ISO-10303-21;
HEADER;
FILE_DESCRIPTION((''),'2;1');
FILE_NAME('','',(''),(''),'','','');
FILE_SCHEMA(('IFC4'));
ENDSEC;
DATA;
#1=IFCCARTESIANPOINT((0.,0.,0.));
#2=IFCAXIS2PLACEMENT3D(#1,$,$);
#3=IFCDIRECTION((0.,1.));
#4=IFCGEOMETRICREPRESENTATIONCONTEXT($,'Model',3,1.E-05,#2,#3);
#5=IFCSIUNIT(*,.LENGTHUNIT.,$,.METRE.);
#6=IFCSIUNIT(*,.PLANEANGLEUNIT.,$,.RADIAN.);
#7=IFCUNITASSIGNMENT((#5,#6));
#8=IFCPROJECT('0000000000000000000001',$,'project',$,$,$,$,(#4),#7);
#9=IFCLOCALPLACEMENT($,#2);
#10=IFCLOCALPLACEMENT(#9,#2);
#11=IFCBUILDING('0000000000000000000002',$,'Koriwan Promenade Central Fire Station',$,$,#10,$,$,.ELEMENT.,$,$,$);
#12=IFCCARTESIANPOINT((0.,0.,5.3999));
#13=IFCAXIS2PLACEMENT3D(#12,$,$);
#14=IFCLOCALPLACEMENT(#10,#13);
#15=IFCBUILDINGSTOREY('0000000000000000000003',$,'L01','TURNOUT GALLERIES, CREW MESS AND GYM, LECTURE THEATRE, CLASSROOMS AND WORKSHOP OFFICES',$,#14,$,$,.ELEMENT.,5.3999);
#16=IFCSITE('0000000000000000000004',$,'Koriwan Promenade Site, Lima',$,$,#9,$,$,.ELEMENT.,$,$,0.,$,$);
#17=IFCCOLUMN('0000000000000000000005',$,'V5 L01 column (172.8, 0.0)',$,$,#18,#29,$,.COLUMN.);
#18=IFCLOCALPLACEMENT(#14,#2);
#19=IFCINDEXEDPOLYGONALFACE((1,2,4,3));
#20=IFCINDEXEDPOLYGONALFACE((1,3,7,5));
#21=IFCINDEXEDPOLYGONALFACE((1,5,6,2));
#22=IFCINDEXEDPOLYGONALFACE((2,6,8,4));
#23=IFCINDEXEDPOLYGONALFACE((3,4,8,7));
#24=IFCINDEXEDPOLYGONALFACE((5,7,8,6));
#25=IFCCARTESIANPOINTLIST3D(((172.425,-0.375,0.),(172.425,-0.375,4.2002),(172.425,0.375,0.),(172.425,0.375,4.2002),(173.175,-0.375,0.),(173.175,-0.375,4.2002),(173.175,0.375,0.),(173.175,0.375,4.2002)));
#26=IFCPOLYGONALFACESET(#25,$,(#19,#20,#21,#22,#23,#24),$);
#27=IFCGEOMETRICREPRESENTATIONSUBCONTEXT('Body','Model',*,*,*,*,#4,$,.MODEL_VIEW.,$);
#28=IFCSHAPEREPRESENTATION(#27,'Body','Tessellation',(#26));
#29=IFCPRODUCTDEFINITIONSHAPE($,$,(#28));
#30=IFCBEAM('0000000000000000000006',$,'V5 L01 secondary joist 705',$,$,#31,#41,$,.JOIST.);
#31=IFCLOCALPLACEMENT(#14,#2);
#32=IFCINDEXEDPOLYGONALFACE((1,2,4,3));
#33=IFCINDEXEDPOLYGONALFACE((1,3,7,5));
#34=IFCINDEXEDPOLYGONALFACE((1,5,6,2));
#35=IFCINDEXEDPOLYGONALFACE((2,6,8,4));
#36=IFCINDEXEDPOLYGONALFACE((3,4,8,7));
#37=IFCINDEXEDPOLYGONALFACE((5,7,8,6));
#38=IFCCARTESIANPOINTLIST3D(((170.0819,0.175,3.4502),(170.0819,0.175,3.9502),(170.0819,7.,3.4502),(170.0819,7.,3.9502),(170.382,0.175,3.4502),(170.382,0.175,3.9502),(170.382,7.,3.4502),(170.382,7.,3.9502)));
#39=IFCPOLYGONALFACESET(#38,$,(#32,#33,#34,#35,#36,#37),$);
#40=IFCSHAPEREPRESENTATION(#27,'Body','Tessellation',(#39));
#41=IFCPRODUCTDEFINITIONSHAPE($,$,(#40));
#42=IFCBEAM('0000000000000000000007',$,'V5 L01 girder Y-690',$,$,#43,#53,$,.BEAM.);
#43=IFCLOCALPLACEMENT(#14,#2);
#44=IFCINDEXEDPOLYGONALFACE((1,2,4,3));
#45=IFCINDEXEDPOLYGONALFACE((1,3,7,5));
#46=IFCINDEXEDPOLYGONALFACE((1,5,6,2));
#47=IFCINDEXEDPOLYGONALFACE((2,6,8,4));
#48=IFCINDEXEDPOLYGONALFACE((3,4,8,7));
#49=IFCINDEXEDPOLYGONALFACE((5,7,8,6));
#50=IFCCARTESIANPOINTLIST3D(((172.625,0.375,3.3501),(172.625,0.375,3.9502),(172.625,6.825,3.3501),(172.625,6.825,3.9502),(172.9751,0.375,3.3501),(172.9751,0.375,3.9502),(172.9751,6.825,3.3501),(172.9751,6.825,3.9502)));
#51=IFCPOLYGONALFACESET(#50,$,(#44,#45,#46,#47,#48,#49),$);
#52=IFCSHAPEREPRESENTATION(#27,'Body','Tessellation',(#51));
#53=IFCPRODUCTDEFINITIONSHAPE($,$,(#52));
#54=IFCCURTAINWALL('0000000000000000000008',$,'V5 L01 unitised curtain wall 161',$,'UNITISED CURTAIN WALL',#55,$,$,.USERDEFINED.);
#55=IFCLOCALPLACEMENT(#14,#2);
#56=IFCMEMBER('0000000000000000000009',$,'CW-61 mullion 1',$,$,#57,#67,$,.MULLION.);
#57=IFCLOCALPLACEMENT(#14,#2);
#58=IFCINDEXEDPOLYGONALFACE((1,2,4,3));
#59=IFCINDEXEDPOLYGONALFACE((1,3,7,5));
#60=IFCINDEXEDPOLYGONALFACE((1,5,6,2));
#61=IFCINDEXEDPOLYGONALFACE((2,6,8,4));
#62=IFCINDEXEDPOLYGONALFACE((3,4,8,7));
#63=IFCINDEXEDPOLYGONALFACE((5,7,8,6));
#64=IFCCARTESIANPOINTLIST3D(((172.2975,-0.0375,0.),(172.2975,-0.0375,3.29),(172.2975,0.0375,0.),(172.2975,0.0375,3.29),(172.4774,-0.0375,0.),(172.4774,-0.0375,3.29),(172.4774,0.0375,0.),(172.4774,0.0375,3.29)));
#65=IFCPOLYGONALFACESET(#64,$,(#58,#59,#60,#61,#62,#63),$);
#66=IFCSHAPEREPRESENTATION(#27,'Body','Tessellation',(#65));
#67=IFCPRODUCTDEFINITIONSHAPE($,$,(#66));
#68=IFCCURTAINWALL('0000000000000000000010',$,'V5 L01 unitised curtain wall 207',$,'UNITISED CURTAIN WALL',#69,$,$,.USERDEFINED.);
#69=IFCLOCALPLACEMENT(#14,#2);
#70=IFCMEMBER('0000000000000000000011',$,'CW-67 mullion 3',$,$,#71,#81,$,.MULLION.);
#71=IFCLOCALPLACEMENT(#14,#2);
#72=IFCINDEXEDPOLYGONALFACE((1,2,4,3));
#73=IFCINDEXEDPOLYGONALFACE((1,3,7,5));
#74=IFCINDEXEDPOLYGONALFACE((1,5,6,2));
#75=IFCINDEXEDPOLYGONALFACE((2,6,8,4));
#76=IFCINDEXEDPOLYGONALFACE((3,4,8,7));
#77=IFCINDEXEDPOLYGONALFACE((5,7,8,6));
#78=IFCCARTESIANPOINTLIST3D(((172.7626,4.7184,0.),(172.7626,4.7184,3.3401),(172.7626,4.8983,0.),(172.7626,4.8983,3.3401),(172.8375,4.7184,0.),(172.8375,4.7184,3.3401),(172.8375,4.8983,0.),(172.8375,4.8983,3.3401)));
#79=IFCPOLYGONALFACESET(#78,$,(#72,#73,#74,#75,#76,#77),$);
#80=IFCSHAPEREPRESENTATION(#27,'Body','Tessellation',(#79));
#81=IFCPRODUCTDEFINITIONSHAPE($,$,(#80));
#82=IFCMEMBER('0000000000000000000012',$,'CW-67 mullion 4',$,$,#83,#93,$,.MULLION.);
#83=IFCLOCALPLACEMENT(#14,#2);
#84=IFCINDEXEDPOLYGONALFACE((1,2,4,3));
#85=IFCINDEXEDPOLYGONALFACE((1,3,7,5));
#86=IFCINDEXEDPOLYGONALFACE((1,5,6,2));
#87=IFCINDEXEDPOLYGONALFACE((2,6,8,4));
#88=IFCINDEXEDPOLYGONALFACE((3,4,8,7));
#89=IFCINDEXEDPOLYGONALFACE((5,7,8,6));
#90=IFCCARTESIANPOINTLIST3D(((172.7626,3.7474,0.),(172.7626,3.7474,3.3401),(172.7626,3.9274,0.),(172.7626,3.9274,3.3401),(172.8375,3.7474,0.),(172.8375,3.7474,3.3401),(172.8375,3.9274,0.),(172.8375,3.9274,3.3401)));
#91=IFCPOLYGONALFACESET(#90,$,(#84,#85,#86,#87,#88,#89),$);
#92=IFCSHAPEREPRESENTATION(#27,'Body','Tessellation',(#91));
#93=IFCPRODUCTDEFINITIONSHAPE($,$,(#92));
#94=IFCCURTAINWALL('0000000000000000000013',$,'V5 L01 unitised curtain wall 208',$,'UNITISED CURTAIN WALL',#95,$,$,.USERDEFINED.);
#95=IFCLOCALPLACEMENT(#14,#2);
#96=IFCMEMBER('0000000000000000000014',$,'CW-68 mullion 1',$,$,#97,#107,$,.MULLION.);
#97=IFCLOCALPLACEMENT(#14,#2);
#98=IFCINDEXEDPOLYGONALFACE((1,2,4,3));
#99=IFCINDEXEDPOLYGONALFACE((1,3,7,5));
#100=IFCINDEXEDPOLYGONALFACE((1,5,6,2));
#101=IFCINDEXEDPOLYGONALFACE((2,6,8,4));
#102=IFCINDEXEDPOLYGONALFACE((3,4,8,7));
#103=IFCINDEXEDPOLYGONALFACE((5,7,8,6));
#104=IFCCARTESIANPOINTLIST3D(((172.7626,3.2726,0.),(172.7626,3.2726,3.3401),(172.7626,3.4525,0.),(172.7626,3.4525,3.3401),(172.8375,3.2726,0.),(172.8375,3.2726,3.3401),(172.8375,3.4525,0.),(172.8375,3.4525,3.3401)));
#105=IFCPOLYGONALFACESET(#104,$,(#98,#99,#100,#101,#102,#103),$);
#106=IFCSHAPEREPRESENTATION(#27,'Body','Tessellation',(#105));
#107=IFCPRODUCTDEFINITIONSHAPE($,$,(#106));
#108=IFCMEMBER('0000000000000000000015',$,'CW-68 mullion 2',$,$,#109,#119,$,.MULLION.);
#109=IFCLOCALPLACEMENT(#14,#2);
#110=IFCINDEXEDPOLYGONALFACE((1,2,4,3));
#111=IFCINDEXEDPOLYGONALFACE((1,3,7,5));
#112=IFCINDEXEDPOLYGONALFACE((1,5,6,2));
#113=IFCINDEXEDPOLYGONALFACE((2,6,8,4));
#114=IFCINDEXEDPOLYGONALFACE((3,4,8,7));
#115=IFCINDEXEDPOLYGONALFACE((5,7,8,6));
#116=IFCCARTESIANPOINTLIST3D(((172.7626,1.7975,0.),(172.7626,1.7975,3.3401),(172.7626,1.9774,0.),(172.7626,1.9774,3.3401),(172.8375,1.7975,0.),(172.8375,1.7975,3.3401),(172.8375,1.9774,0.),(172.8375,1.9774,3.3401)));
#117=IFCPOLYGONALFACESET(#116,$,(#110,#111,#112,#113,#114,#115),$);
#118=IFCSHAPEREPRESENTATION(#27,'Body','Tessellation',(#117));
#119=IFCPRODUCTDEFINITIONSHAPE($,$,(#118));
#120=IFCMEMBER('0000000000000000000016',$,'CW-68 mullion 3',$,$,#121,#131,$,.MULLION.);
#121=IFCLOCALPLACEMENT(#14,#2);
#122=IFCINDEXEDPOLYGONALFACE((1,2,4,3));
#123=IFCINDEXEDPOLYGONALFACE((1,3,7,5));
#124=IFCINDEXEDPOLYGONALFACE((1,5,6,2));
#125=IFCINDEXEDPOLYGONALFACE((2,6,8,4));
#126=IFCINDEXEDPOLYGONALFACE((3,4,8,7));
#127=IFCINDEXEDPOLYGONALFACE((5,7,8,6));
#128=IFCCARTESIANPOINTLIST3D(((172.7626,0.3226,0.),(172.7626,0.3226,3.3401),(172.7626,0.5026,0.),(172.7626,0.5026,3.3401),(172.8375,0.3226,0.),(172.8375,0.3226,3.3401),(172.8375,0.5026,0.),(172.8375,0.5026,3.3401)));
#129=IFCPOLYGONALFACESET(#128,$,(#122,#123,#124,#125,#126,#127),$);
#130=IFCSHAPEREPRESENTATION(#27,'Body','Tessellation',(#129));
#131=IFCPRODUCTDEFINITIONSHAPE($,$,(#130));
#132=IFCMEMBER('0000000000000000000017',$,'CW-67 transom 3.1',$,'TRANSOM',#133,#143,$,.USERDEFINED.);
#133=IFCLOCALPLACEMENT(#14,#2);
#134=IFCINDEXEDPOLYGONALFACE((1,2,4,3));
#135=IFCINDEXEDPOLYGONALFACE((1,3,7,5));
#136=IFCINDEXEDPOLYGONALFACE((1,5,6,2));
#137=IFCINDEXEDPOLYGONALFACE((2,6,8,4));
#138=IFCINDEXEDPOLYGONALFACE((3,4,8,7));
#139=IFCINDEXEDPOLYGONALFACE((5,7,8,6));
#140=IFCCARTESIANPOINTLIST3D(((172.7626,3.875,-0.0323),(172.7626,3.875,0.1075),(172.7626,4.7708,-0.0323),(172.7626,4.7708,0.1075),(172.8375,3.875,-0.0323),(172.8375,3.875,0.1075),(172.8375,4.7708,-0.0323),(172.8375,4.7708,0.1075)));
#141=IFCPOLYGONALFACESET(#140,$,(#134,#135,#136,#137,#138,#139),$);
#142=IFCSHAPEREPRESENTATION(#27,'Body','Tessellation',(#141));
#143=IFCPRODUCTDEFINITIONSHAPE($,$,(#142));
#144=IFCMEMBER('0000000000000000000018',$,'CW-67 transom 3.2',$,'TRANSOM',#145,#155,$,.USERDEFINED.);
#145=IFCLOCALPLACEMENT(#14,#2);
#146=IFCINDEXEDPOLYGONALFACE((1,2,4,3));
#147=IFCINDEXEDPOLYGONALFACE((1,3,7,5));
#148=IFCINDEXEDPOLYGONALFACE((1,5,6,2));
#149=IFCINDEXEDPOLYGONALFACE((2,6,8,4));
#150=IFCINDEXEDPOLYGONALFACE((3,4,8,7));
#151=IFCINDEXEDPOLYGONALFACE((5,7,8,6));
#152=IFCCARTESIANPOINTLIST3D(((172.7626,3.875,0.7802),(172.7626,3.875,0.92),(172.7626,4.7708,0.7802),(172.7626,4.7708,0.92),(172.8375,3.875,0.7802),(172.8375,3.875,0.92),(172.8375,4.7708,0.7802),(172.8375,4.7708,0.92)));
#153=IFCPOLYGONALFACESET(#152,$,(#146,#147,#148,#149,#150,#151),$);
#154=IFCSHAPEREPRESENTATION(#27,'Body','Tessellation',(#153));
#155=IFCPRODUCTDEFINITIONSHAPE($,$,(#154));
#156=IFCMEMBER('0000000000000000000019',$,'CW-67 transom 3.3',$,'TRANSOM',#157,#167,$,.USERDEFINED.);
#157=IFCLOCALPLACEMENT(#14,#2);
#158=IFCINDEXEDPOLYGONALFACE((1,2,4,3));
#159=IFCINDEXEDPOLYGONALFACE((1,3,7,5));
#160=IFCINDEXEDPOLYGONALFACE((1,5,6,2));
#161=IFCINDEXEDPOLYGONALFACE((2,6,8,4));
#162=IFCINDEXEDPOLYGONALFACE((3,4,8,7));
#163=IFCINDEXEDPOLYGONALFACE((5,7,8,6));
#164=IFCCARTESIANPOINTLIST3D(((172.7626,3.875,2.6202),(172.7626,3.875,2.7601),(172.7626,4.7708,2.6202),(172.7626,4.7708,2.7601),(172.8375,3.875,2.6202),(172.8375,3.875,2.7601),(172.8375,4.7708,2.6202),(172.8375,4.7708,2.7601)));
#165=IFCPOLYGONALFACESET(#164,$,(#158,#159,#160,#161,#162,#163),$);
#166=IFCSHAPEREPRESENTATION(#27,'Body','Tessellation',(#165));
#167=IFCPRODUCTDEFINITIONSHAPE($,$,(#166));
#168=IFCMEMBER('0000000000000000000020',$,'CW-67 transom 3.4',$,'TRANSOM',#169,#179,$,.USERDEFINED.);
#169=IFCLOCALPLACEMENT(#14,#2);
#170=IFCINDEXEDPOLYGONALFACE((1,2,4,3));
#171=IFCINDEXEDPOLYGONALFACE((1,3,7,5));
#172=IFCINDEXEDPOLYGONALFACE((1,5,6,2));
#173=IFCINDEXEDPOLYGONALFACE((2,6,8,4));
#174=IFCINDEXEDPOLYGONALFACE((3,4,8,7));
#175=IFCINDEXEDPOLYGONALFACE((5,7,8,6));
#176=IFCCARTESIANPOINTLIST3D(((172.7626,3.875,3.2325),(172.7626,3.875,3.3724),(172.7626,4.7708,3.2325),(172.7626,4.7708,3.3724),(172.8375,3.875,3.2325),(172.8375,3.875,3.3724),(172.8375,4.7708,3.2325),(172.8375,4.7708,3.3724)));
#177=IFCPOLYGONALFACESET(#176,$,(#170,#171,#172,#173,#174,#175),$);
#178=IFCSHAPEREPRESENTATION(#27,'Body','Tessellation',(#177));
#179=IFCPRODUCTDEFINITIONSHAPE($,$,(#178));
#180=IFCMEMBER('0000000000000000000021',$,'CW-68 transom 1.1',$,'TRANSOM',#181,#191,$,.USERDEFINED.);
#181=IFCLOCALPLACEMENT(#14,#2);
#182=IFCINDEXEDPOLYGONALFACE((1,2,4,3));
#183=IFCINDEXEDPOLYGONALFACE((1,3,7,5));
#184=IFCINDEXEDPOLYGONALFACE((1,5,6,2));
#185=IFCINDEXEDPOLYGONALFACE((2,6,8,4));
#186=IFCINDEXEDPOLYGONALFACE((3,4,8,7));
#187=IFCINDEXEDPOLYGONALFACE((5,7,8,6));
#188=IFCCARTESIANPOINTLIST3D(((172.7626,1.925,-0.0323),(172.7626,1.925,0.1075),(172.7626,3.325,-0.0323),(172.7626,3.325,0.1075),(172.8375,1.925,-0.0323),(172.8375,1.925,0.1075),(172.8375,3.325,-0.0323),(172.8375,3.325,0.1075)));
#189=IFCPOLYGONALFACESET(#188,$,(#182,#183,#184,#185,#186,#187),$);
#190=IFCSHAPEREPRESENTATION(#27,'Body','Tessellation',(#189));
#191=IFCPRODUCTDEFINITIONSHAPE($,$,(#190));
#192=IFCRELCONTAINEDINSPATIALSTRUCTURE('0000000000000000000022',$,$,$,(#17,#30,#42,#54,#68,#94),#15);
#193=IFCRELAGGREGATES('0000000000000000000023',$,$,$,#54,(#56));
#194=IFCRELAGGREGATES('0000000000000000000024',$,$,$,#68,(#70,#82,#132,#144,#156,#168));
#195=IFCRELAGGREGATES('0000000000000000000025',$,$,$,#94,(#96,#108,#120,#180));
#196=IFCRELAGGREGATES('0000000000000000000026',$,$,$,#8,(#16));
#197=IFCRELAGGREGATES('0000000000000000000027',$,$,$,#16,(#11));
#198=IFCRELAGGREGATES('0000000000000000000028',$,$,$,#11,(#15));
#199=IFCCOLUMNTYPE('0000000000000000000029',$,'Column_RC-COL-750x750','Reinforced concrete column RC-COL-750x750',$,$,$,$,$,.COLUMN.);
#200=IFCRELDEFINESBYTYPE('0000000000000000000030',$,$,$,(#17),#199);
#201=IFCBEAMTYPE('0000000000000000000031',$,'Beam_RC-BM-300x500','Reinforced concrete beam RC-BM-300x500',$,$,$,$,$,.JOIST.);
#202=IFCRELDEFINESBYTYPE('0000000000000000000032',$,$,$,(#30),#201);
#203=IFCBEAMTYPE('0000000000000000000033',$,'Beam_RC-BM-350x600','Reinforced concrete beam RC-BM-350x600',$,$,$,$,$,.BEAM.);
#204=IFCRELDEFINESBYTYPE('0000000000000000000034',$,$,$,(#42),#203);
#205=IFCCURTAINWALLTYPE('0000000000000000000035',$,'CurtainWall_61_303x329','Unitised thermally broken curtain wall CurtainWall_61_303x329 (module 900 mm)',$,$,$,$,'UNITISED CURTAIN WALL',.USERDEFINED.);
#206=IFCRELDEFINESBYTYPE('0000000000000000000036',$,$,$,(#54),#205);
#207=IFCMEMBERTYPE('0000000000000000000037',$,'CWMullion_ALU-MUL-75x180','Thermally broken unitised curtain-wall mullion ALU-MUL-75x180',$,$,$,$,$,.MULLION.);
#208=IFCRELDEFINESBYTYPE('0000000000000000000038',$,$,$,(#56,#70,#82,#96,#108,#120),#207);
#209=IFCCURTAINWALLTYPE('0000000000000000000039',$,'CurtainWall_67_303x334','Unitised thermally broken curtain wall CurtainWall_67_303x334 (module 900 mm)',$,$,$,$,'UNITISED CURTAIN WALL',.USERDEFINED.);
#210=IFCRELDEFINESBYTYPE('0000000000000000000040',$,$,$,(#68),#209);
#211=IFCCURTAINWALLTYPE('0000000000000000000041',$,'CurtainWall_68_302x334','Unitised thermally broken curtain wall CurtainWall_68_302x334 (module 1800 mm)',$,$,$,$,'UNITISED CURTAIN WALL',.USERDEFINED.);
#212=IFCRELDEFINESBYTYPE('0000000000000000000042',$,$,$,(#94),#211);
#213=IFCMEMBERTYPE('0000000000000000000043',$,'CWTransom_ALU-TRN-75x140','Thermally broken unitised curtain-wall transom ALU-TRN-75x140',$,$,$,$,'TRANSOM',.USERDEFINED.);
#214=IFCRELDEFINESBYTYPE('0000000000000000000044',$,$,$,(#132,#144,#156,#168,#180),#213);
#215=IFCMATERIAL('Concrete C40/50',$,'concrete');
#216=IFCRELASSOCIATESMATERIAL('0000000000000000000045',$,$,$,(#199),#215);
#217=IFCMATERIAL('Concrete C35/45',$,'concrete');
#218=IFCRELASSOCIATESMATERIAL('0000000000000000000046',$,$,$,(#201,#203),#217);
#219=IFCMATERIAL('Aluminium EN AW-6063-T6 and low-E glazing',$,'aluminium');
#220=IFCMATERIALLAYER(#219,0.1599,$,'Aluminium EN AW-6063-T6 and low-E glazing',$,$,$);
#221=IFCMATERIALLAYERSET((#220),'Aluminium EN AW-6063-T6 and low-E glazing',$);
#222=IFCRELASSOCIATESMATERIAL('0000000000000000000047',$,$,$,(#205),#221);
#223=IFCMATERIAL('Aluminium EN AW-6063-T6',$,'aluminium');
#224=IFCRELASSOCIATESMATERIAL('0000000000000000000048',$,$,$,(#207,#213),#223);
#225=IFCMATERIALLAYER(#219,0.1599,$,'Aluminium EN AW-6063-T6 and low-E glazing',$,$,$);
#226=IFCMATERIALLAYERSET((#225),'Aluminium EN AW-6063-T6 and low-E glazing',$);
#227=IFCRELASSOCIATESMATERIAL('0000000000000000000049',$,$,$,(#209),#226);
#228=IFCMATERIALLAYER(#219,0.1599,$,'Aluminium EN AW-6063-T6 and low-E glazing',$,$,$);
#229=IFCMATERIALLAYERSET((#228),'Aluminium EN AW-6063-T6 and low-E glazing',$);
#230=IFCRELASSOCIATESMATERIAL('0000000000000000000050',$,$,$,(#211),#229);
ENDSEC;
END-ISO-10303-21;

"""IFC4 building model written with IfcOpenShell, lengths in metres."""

from ifc_helpers import new_model, si_unit, direction, frame, origin, origin_2d, place, context, subcontext, project, spatial, rectangle, extrude, material, layer, layer_set, material_profile, profile_set, type_object, element, aggregate, save


model = new_model("IFC4")

# Units and contexts
model_context = context("Model", 3, precision=1e-05, world=origin(), true_north=direction((0.0, 1.0)))
body_context = subcontext(model_context, "Body", "Model", "MODEL_VIEW")
ifc_project = project(units=[si_unit("LENGTHUNIT", "METRE"), si_unit("PLANEANGLEUNIT", "RADIAN")], contexts=[model_context])

# Site, building, storey
site_placement = place(None, origin())
site = spatial("IfcSite", under=ifc_project, at=site_placement, Name="Koriwan Promenade Site, Lima", CompositionType="ELEMENT", RefElevation=0.0)
building_placement = place(site_placement, origin())
building = spatial("IfcBuilding", under=site, at=building_placement, Name="Koriwan Promenade Central Fire Station", CompositionType="ELEMENT")
storey_placement = place(building_placement, frame((0.0, 0.0, 5.3999)))
storey = spatial("IfcBuildingStorey", under=building, at=storey_placement, Name="L01", Description="TURNOUT GALLERIES, CREW MESS AND GYM, LECTURE THEATRE, CLASSROOMS AND WORKSHOP OFFICES", CompositionType="ELEMENT", Elevation=5.3999)

# Column
ifc_material_1 = material(Name="Concrete C40/50", Category="concrete")
ifc_material_profile_1 = material_profile(ifc_material_1, rectangle(XDim=0.75, YDim=0.75, at=origin_2d()), Name="RC-COL-750x750")
ifc_profile_set_1 = profile_set([ifc_material_profile_1], Name="Concrete C40/50")
column_type = type_object("IfcColumnType", Name="Column_RC-COL-750x750", Description="Reinforced concrete column RC-COL-750x750", PredefinedType="COLUMN", material=ifc_profile_set_1)
column_placement = place(storey_placement, frame((172.8, 0.0, 0.0), z_axis=(0.0, 0.0, 1.0), x_axis=(1.0, 0.0, 0.0)))
element("IfcColumn", 1, at=column_placement, inside=storey, type_object=column_type, Name="V5 L01 column (172.8, 0.0)", PredefinedType="COLUMN", context=body_context, shape_type="SweptSolid", body=[
    extrude(rectangle(XDim=0.75, YDim=0.75, at=origin_2d()), origin(), (0.0, 0.0, 1.0), 4.2002),
])

# Beams
ifc_material_2 = material(Name="Concrete C35/45", Category="concrete")
ifc_material_profile_2 = material_profile(ifc_material_2, rectangle(XDim=0.3, YDim=0.5, at=origin_2d()), Name="RC-BM-300x500")
ifc_profile_set_2 = profile_set([ifc_material_profile_2], Name="Concrete C35/45")
beam_type_1 = type_object("IfcBeamType", Name="Beam_RC-BM-300x500", Description="Reinforced concrete beam RC-BM-300x500", PredefinedType="JOIST", material=ifc_profile_set_2)
beam_1_placement = place(storey_placement, frame((170.2319, 0.175, 3.7002), z_axis=(0.0, 1.0, 0.0), x_axis=(-1.0, 0.0, 0.0)))
element("IfcBeam", 2, at=beam_1_placement, inside=storey, type_object=beam_type_1, Name="V5 L01 secondary joist 705", PredefinedType="JOIST", context=body_context, shape_type="SweptSolid", body=[
    extrude(rectangle(XDim=0.3, YDim=0.5, at=origin_2d()), origin(), (0.0, 0.0, 1.0), 6.825),
])
ifc_material_profile_3 = material_profile(ifc_material_2, rectangle(XDim=0.3501, YDim=0.6001, at=origin_2d()), Name="RC-BM-350x600")
ifc_profile_set_3 = profile_set([ifc_material_profile_3], Name="Concrete C35/45")
beam_type_2 = type_object("IfcBeamType", Name="Beam_RC-BM-350x600", Description="Reinforced concrete beam RC-BM-350x600", PredefinedType="BEAM", material=ifc_profile_set_3)
beam_2_placement = place(storey_placement, frame((172.8, 0.375, 3.6501), z_axis=(0.0, 1.0, 0.0), x_axis=(-1.0, 0.0, 0.0)))
element("IfcBeam", 3, at=beam_2_placement, inside=storey, type_object=beam_type_2, Name="V5 L01 girder Y-690", PredefinedType="BEAM", context=body_context, shape_type="SweptSolid", body=[
    extrude(rectangle(XDim=0.3501, YDim=0.6001, at=origin_2d()), origin(), (0.0, 0.0, 1.0), 6.45),
])

# Curtain wall, member
ifc_material_3 = material(Name="Aluminium EN AW-6063-T6 and low-E glazing", Category="aluminium")
ifc_layer_1 = layer(ifc_material_3, 0.1599, Name="Aluminium EN AW-6063-T6 and low-E glazing")
ifc_layer_set_1 = layer_set([ifc_layer_1], Name="Aluminium EN AW-6063-T6 and low-E glazing")
curtain_wall_type_1 = type_object("IfcCurtainWallType", Name="CurtainWall_61_303x329", Description="Unitised thermally broken curtain wall CurtainWall_61_303x329 (module 900 mm)", ElementType="UNITISED CURTAIN WALL", PredefinedType="USERDEFINED", material=ifc_layer_set_1)
curtain_wall_1_placement = place(storey_placement, origin())
curtain_wall_1 = element("IfcCurtainWall", 4, at=curtain_wall_1_placement, inside=storey, type_object=curtain_wall_type_1, Name="V5 L01 unitised curtain wall 161", ObjectType="UNITISED CURTAIN WALL", PredefinedType="USERDEFINED")
ifc_material_4 = material(Name="Aluminium EN AW-6063-T6", Category="aluminium")
ifc_material_profile_4 = material_profile(ifc_material_4, rectangle(XDim=0.075, YDim=0.1799, at=origin_2d()), Name="ALU-MUL-75x180")
ifc_profile_set_4 = profile_set([ifc_material_profile_4], Name="Aluminium EN AW-6063-T6")
member_type_1 = type_object("IfcMemberType", Name="CWMullion_ALU-MUL-75x180", Description="Thermally broken unitised curtain-wall mullion ALU-MUL-75x180", PredefinedType="MULLION", material=ifc_profile_set_4)
member_1_placement = place(storey_placement, frame((172.3875, 0.0, 0.0), z_axis=(0.0, 0.0, 1.0), x_axis=(0.0, -1.0, 0.0)))
member_1 = element("IfcMember", 5, at=member_1_placement, type_object=member_type_1, Name="CW-61 mullion 1", PredefinedType="MULLION", context=body_context, shape_type="SweptSolid", body=[
    extrude(rectangle(XDim=0.075, YDim=0.1799, at=origin_2d()), origin(), (0.0, 0.0, 1.0), 3.29),
])
aggregate(curtain_wall_1, [member_1])

# Curtain walls, members
ifc_layer_2 = layer(ifc_material_3, 0.1599, Name="Aluminium EN AW-6063-T6 and low-E glazing")
ifc_layer_set_2 = layer_set([ifc_layer_2], Name="Aluminium EN AW-6063-T6 and low-E glazing")
curtain_wall_type_2 = type_object("IfcCurtainWallType", Name="CurtainWall_67_303x334", Description="Unitised thermally broken curtain wall CurtainWall_67_303x334 (module 900 mm)", ElementType="UNITISED CURTAIN WALL", PredefinedType="USERDEFINED", material=ifc_layer_set_2)
curtain_wall_2_placement = place(storey_placement, origin())
curtain_wall_2 = element("IfcCurtainWall", 6, at=curtain_wall_2_placement, inside=storey, type_object=curtain_wall_type_2, Name="V5 L01 unitised curtain wall 207", ObjectType="UNITISED CURTAIN WALL", PredefinedType="USERDEFINED")
member_2_placement = place(storey_placement, frame((172.8, 4.8083, 0.0), z_axis=(0.0, 0.0, 1.0), x_axis=(1.0, 0.0, 0.0)))
member_2 = element("IfcMember", 7, at=member_2_placement, type_object=member_type_1, Name="CW-67 mullion 3", PredefinedType="MULLION", context=body_context, shape_type="SweptSolid", body=[
    extrude(rectangle(XDim=0.075, YDim=0.1799, at=origin_2d()), origin(), (0.0, 0.0, 1.0), 3.3401),
])
member_3_placement = place(storey_placement, frame((172.8, 3.8374, 0.0), z_axis=(0.0, 0.0, 1.0), x_axis=(1.0, 0.0, 0.0)))
member_3 = element("IfcMember", 8, at=member_3_placement, type_object=member_type_1, Name="CW-67 mullion 4", PredefinedType="MULLION", context=body_context, shape_type="SweptSolid", body=[
    extrude(rectangle(XDim=0.075, YDim=0.1799, at=origin_2d()), origin(), (0.0, 0.0, 1.0), 3.3401),
])
ifc_layer_3 = layer(ifc_material_3, 0.1599, Name="Aluminium EN AW-6063-T6 and low-E glazing")
ifc_layer_set_3 = layer_set([ifc_layer_3], Name="Aluminium EN AW-6063-T6 and low-E glazing")
curtain_wall_type_3 = type_object("IfcCurtainWallType", Name="CurtainWall_68_302x334", Description="Unitised thermally broken curtain wall CurtainWall_68_302x334 (module 1800 mm)", ElementType="UNITISED CURTAIN WALL", PredefinedType="USERDEFINED", material=ifc_layer_set_3)
curtain_wall_3_placement = place(storey_placement, origin())
curtain_wall_3 = element("IfcCurtainWall", 9, at=curtain_wall_3_placement, inside=storey, type_object=curtain_wall_type_3, Name="V5 L01 unitised curtain wall 208", ObjectType="UNITISED CURTAIN WALL", PredefinedType="USERDEFINED")
member_4_placement = place(storey_placement, frame((172.8, 3.3625, 0.0), z_axis=(0.0, 0.0, 1.0), x_axis=(1.0, 0.0, 0.0)))
member_4 = element("IfcMember", 10, at=member_4_placement, type_object=member_type_1, Name="CW-68 mullion 1", PredefinedType="MULLION", context=body_context, shape_type="SweptSolid", body=[
    extrude(rectangle(XDim=0.075, YDim=0.1799, at=origin_2d()), origin(), (0.0, 0.0, 1.0), 3.3401),
])
member_5_placement = place(storey_placement, frame((172.8, 1.8875, 0.0), z_axis=(0.0, 0.0, 1.0), x_axis=(1.0, 0.0, 0.0)))
member_5 = element("IfcMember", 11, at=member_5_placement, type_object=member_type_1, Name="CW-68 mullion 2", PredefinedType="MULLION", context=body_context, shape_type="SweptSolid", body=[
    extrude(rectangle(XDim=0.075, YDim=0.1799, at=origin_2d()), origin(), (0.0, 0.0, 1.0), 3.3401),
])
member_6_placement = place(storey_placement, frame((172.8, 0.4126, 0.0), z_axis=(0.0, 0.0, 1.0), x_axis=(1.0, 0.0, 0.0)))
member_6 = element("IfcMember", 12, at=member_6_placement, type_object=member_type_1, Name="CW-68 mullion 3", PredefinedType="MULLION", context=body_context, shape_type="SweptSolid", body=[
    extrude(rectangle(XDim=0.075, YDim=0.1799, at=origin_2d()), origin(), (0.0, 0.0, 1.0), 3.3401),
])

# Members
ifc_material_profile_5 = material_profile(ifc_material_4, rectangle(XDim=0.075, YDim=0.1399, at=origin_2d()), Name="ALU-TRN-75x140")
ifc_profile_set_5 = profile_set([ifc_material_profile_5], Name="Aluminium EN AW-6063-T6")
member_type_2 = type_object("IfcMemberType", Name="CWTransom_ALU-TRN-75x140", Description="Thermally broken unitised curtain-wall transom ALU-TRN-75x140", ElementType="TRANSOM", PredefinedType="USERDEFINED", material=ifc_profile_set_5)
member_7_placement = place(storey_placement, frame((172.8, 4.7708, 0.0376), z_axis=(0.0, -1.0, 0.0), x_axis=(1.0, 0.0, 0.0)))
member_7 = element("IfcMember", 13, at=member_7_placement, type_object=member_type_2, Name="CW-67 transom 3.1", ObjectType="TRANSOM", PredefinedType="USERDEFINED", context=body_context, shape_type="SweptSolid", body=[
    extrude(rectangle(XDim=0.075, YDim=0.1399, at=origin_2d()), origin(), (0.0, 0.0, 1.0), 0.8958),
])
member_8_placement = place(storey_placement, frame((172.8, 4.7708, 0.8501), z_axis=(0.0, -1.0, 0.0), x_axis=(1.0, 0.0, 0.0)))
member_8 = element("IfcMember", 14, at=member_8_placement, type_object=member_type_2, Name="CW-67 transom 3.2", ObjectType="TRANSOM", PredefinedType="USERDEFINED", context=body_context, shape_type="SweptSolid", body=[
    extrude(rectangle(XDim=0.075, YDim=0.1399, at=origin_2d()), origin(), (0.0, 0.0, 1.0), 0.8958),
])
member_9_placement = place(storey_placement, frame((172.8, 4.7708, 2.6902), z_axis=(0.0, -1.0, 0.0), x_axis=(1.0, 0.0, 0.0)))
member_9 = element("IfcMember", 15, at=member_9_placement, type_object=member_type_2, Name="CW-67 transom 3.3", ObjectType="TRANSOM", PredefinedType="USERDEFINED", context=body_context, shape_type="SweptSolid", body=[
    extrude(rectangle(XDim=0.075, YDim=0.1399, at=origin_2d()), origin(), (0.0, 0.0, 1.0), 0.8958),
])
member_10_placement = place(storey_placement, frame((172.8, 4.7708, 3.3025), z_axis=(0.0, -1.0, 0.0), x_axis=(1.0, 0.0, 0.0)))
member_10 = element("IfcMember", 16, at=member_10_placement, type_object=member_type_2, Name="CW-67 transom 3.4", ObjectType="TRANSOM", PredefinedType="USERDEFINED", context=body_context, shape_type="SweptSolid", body=[
    extrude(rectangle(XDim=0.075, YDim=0.1399, at=origin_2d()), origin(), (0.0, 0.0, 1.0), 0.8958),
])
member_11_placement = place(storey_placement, frame((172.8, 3.325, 0.0376), z_axis=(0.0, -1.0, 0.0), x_axis=(1.0, 0.0, 0.0)))
member_11 = element("IfcMember", 17, at=member_11_placement, type_object=member_type_2, Name="CW-68 transom 1.1", ObjectType="TRANSOM", PredefinedType="USERDEFINED", context=body_context, shape_type="SweptSolid", body=[
    extrude(rectangle(XDim=0.075, YDim=0.1399, at=origin_2d()), origin(), (0.0, 0.0, 1.0), 1.3999),
])

aggregate(curtain_wall_2, [member_2, member_3, member_7, member_8, member_9, member_10])
aggregate(curtain_wall_3, [member_4, member_5, member_6, member_11])

save(model, "model.ifc")
